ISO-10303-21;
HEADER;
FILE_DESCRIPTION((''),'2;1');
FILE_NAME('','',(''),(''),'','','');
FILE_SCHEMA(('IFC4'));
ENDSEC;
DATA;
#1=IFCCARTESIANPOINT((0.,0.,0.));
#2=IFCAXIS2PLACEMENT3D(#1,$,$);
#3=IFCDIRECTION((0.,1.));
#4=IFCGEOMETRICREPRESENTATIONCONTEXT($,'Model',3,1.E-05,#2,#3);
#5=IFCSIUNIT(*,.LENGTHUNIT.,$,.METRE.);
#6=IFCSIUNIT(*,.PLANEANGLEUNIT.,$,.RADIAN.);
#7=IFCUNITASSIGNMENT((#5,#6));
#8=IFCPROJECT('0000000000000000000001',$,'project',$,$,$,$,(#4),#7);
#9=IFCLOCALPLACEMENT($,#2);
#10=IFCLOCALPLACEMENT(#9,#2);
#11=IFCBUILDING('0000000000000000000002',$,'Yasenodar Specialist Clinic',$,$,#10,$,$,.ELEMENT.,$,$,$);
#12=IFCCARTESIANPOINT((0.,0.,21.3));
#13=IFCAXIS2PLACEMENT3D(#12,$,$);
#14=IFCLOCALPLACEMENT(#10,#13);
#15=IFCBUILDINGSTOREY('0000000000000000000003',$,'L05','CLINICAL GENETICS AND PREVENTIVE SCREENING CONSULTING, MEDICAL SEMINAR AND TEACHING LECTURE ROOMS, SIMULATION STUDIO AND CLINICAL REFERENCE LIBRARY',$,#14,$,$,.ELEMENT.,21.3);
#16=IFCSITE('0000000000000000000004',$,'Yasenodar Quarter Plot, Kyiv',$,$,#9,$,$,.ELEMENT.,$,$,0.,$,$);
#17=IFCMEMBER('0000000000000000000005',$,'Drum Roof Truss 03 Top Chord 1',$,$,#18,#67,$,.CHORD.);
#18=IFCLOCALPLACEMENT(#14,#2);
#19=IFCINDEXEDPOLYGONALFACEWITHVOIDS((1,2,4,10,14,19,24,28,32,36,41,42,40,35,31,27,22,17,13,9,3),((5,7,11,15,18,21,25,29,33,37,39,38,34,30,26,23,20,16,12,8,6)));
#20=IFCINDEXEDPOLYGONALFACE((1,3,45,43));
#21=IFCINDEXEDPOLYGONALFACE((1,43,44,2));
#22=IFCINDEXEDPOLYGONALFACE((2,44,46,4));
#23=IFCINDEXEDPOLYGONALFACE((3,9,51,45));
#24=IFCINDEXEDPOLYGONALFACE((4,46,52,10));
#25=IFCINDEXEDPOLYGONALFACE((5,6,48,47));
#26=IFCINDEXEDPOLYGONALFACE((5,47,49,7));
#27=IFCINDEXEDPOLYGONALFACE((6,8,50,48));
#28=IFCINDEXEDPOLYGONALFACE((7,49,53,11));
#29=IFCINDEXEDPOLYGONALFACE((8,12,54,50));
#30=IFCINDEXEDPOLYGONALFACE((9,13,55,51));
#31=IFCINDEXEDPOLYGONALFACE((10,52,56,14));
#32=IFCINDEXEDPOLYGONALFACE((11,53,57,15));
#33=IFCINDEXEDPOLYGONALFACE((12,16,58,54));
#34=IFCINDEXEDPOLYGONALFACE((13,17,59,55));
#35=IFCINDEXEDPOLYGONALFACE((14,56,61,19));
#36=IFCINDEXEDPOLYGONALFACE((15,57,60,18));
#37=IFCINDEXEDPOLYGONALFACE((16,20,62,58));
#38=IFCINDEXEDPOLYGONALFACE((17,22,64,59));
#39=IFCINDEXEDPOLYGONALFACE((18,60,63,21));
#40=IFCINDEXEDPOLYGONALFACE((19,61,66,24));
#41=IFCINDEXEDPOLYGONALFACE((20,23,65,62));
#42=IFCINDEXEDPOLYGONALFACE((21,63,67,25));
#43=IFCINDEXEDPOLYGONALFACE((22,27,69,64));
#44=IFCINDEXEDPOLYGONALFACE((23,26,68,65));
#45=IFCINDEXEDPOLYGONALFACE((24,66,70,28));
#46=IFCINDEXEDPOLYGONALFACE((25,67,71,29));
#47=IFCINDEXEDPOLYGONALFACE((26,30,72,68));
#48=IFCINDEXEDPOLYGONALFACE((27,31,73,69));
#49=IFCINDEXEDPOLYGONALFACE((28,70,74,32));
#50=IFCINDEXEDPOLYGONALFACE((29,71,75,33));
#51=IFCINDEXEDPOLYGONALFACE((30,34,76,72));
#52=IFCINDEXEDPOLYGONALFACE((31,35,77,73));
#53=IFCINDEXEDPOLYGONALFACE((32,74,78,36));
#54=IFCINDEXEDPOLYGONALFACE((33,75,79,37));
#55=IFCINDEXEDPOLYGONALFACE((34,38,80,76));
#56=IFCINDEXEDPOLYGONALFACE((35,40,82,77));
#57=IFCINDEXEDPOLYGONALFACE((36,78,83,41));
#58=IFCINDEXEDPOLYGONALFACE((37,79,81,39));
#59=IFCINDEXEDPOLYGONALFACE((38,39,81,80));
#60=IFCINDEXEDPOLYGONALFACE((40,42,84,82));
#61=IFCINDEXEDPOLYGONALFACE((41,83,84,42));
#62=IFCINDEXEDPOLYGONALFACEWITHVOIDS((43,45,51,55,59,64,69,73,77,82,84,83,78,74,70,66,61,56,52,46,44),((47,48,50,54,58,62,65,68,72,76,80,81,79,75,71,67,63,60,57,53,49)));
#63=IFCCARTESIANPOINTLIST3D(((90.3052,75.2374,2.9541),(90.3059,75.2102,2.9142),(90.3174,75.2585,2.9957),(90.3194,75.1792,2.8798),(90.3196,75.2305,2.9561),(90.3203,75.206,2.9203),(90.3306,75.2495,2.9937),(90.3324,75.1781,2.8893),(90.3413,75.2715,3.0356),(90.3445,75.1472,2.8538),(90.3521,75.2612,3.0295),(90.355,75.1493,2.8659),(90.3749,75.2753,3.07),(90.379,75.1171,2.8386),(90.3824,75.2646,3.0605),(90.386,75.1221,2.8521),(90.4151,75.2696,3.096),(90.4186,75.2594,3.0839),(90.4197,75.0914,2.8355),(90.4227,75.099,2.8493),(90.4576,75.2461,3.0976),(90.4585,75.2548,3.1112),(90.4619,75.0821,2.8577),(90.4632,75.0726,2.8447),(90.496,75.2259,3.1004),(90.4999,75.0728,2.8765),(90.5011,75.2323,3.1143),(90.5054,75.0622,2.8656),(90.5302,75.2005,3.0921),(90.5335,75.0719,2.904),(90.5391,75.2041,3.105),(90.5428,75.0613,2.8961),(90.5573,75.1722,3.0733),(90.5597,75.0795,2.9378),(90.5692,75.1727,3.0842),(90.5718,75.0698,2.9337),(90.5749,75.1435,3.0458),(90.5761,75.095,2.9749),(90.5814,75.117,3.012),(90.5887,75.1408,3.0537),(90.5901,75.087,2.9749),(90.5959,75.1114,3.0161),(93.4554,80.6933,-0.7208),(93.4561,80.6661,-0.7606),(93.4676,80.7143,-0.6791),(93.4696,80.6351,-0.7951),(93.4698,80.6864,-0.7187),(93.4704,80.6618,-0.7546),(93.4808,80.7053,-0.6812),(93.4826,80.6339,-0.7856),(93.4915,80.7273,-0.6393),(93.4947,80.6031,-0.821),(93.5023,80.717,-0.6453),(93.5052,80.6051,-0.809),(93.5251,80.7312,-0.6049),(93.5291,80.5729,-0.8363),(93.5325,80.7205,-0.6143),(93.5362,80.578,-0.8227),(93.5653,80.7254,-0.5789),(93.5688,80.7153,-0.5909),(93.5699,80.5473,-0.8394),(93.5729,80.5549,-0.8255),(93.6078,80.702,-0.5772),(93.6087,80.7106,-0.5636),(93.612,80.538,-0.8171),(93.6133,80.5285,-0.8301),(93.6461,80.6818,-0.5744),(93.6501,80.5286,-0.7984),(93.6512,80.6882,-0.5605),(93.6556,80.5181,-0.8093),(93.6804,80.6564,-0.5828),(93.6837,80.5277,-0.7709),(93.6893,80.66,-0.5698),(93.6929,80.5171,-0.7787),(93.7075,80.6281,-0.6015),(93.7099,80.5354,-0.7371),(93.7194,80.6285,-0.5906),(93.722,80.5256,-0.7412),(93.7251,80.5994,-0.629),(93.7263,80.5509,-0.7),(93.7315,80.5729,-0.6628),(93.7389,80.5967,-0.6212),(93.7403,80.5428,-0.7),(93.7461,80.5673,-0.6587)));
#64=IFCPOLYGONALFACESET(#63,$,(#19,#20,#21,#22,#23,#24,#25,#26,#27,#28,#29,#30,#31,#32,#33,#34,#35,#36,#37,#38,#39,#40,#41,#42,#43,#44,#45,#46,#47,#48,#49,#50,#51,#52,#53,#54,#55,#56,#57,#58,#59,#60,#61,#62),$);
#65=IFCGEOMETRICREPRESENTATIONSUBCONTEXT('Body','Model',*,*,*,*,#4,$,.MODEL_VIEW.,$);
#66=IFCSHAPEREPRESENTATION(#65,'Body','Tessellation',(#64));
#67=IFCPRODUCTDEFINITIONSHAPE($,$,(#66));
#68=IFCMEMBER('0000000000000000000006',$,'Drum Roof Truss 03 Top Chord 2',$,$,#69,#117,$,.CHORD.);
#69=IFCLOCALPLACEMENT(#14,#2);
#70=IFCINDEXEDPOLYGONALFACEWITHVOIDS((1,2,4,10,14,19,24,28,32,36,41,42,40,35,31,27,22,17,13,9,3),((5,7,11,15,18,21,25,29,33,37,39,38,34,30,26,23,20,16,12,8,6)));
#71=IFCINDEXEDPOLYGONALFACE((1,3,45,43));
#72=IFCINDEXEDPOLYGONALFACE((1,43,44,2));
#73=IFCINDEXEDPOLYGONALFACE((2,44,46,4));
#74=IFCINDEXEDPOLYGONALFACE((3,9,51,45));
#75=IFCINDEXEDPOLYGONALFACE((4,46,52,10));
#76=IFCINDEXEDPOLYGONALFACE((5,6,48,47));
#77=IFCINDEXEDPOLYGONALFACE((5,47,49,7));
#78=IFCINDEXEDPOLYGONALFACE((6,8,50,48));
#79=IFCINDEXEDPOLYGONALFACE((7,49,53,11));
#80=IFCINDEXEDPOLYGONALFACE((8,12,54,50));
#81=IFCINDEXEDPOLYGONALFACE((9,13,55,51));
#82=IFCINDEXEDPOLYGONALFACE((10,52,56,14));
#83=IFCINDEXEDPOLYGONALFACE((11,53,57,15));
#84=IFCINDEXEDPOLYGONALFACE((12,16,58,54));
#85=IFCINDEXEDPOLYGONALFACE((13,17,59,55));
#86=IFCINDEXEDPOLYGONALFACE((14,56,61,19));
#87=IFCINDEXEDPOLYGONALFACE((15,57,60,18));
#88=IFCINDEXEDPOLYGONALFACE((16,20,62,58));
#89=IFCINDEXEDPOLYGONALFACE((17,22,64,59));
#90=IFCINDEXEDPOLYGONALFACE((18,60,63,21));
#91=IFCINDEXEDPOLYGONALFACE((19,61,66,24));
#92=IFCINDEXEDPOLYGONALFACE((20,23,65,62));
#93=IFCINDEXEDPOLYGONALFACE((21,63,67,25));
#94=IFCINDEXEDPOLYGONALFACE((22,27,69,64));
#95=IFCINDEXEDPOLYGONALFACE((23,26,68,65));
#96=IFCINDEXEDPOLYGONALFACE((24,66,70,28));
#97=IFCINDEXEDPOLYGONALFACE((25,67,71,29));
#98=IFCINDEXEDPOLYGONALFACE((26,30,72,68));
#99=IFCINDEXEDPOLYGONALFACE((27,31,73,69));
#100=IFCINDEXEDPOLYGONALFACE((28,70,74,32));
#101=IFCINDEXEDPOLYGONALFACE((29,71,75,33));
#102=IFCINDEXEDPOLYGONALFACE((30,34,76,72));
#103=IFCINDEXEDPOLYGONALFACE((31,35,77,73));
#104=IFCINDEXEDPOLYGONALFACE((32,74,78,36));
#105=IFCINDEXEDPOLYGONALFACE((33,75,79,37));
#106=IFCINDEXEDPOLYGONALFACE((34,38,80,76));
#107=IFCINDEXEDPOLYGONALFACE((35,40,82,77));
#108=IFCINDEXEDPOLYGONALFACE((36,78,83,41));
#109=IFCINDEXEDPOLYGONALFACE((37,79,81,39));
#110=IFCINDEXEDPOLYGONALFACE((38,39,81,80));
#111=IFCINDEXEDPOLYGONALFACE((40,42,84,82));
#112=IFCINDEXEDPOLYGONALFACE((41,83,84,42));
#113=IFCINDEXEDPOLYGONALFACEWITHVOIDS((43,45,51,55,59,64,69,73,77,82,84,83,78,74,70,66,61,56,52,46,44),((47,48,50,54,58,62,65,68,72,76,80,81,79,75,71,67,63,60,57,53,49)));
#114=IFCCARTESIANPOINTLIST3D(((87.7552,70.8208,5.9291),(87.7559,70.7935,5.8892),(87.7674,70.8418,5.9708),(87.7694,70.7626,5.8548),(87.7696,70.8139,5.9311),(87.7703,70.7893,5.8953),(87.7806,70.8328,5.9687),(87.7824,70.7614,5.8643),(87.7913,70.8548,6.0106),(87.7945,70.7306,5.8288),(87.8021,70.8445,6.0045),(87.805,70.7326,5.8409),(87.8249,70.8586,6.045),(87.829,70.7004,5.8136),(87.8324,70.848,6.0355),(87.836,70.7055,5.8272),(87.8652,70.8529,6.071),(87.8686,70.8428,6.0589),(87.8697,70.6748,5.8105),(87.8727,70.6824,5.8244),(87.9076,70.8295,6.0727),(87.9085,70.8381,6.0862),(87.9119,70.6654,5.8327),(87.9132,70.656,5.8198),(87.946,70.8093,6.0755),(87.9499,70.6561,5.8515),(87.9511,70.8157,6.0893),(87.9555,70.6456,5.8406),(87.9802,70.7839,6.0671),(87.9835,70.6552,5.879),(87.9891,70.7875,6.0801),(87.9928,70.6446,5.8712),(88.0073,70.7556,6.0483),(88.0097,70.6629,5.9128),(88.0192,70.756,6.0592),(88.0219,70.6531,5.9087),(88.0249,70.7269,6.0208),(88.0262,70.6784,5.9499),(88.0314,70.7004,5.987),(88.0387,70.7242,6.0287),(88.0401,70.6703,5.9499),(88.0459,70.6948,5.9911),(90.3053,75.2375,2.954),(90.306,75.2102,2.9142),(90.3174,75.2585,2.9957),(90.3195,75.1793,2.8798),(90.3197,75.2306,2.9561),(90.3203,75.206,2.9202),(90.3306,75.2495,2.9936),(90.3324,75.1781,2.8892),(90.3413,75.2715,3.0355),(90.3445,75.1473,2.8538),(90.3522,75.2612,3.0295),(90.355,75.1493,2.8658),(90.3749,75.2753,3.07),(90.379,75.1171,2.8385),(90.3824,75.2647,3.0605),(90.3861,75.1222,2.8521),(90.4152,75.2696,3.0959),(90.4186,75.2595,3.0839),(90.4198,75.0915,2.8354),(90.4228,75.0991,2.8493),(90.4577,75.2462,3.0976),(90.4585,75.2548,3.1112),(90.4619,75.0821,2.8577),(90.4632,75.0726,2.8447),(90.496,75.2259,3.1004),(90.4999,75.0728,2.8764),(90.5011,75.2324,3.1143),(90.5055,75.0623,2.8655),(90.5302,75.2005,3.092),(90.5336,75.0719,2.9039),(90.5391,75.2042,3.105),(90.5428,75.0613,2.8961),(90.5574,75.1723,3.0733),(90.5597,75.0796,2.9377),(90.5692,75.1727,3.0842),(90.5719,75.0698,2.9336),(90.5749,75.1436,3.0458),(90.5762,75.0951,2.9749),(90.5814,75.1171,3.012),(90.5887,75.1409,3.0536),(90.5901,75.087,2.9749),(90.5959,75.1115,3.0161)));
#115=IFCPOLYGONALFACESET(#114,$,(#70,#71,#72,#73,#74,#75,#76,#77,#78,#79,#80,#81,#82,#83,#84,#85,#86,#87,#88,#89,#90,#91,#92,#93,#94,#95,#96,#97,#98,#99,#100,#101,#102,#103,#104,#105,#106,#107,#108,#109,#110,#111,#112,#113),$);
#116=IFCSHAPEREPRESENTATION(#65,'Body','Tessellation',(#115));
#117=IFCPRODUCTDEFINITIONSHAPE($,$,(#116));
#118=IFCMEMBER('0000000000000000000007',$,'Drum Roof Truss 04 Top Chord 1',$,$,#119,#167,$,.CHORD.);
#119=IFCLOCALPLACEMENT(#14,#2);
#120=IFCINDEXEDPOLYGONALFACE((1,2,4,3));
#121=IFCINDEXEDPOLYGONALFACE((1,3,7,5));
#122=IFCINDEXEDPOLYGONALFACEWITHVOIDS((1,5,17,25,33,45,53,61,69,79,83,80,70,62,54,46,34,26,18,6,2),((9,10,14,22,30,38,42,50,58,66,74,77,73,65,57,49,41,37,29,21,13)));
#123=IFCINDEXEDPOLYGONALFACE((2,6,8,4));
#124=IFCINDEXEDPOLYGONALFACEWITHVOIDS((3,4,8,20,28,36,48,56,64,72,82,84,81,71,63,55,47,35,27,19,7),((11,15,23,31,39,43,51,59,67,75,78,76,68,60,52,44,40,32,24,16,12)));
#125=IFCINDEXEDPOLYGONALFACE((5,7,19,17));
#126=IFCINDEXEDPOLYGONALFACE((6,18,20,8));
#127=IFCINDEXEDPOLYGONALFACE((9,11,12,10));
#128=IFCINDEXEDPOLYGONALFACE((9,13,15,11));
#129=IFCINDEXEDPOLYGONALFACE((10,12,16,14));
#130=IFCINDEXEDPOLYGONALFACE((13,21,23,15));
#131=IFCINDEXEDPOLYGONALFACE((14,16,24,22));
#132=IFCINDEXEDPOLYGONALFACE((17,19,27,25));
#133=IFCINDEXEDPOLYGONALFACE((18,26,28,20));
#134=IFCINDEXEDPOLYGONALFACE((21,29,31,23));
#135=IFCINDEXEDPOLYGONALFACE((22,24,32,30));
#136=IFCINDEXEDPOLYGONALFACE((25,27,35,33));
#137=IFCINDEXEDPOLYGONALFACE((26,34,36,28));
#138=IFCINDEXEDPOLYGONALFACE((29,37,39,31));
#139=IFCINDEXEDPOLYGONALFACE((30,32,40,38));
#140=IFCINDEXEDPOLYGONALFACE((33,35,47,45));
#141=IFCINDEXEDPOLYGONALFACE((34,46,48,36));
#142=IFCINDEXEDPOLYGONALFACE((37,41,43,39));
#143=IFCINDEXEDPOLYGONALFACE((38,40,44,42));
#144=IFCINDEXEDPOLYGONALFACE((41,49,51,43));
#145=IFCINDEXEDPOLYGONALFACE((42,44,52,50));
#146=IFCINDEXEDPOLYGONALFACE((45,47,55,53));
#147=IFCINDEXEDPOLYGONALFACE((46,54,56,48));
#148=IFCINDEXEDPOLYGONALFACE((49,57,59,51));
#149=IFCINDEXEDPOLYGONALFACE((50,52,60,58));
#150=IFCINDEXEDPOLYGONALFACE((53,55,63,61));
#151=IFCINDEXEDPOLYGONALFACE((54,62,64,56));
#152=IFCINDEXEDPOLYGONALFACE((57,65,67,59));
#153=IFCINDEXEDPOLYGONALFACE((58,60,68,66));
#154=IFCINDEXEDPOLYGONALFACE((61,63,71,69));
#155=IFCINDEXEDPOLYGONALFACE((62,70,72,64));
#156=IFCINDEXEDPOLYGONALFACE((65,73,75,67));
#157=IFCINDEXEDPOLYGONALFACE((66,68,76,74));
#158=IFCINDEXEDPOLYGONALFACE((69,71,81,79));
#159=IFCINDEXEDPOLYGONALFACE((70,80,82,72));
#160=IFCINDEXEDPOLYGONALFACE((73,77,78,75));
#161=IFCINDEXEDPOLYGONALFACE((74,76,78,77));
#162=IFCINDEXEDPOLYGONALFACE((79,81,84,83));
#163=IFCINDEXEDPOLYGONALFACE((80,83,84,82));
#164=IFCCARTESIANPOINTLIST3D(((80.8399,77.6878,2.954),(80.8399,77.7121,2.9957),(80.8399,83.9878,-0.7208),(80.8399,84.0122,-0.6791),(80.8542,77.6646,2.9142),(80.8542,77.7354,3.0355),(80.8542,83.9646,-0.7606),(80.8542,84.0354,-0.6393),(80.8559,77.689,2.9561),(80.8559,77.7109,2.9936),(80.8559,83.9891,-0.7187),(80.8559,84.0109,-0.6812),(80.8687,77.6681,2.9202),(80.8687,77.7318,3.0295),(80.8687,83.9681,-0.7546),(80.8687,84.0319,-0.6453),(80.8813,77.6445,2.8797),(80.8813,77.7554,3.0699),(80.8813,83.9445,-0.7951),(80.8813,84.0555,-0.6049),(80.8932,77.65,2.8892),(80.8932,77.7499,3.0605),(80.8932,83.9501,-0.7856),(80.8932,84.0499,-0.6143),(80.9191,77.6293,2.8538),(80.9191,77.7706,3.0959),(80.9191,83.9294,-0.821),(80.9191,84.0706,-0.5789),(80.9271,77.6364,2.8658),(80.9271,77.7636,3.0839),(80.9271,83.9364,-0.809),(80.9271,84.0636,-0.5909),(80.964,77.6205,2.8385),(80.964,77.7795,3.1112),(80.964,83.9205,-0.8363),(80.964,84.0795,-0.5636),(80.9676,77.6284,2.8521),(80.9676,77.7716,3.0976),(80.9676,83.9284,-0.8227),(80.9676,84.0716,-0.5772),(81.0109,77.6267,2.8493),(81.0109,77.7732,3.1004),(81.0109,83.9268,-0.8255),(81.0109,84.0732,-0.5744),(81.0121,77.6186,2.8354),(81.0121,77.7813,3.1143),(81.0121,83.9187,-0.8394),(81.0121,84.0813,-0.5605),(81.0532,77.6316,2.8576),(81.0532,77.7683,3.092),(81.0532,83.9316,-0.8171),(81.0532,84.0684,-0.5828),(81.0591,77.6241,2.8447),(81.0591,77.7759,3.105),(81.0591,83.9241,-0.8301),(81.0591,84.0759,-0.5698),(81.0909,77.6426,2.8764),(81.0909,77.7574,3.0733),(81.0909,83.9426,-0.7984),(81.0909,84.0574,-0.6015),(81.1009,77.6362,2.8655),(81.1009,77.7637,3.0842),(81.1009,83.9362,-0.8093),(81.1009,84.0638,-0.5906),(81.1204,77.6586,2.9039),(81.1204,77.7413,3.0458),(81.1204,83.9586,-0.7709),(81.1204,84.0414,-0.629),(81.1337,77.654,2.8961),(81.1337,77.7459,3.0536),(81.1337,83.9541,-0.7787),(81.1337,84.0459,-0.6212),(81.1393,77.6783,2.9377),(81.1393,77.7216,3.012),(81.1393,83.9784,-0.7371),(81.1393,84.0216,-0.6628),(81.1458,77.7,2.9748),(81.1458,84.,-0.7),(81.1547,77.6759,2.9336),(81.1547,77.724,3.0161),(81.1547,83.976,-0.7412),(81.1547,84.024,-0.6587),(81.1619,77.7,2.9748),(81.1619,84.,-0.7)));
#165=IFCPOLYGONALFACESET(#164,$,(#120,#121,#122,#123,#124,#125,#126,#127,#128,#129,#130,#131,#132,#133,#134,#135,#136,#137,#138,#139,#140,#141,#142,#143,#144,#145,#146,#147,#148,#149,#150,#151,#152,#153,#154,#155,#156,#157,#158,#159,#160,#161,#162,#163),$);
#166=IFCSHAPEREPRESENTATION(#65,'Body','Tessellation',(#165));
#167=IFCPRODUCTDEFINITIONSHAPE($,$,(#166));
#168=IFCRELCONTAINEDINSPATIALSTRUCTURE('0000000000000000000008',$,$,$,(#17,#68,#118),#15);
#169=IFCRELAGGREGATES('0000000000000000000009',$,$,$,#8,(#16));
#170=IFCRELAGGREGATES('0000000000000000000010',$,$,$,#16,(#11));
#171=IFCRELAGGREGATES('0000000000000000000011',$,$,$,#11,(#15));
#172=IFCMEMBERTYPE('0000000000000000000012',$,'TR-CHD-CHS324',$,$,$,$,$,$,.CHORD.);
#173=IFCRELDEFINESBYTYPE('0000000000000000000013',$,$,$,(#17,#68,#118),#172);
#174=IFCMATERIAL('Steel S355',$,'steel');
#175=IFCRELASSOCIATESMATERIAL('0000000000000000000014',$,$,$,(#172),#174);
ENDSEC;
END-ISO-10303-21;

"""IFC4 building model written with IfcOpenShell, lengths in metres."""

from ifc_helpers import new_model, si_unit, direction, frame, origin, origin_2d, place, context, subcontext, project, spatial, hollow_circle, extrude, material, material_profile, profile_set, type_object, element, save


model = new_model("IFC4")

# Units and contexts
model_context = context("Model", 3, precision=1e-05, world=origin(), true_north=direction((0.0, 1.0)))
body_context = subcontext(model_context, "Body", "Model", "MODEL_VIEW")
ifc_project = project(units=[si_unit("LENGTHUNIT", "METRE"), si_unit("PLANEANGLEUNIT", "RADIAN")], contexts=[model_context])

# Site, building, storey
site_placement = place(None, origin())
site = spatial("IfcSite", under=ifc_project, at=site_placement, Name="Yasenodar Quarter Plot, Kyiv", CompositionType="ELEMENT", RefElevation=0.0)
building_placement = place(site_placement, origin())
building = spatial("IfcBuilding", under=site, at=building_placement, Name="Yasenodar Specialist Clinic", CompositionType="ELEMENT")
storey_placement = place(building_placement, frame((0.0, 0.0, 21.3)))
storey = spatial("IfcBuildingStorey", under=building, at=storey_placement, Name="L05", Description="CLINICAL GENETICS AND PREVENTIVE SCREENING CONSULTING, MEDICAL SEMINAR AND TEACHING LECTURE ROOMS, SIMULATION STUDIO AND CLINICAL REFERENCE LIBRARY", CompositionType="ELEMENT", Elevation=21.3)

# Members
ifc_material_1 = material(Name="Steel S355", Category="steel")
ifc_material_profile_1 = material_profile(ifc_material_1, hollow_circle(Radius=0.1619, WallThickness=0.0161, at=origin_2d()), Name="CHS 323.9x16")
ifc_profile_set_1 = profile_set([ifc_material_profile_1], Name="Steel S355")
member_type_1 = type_object("IfcMemberType", Name="TR-CHD-CHS324", PredefinedType="CHORD", material=ifc_profile_set_1)
member_1_placement = place(storey_placement, frame((93.6001, 80.6238, -0.7), z_axis=(-0.431918, -0.748049, 0.503854), x_axis=(0.866009, -0.500028, 0.0)))
element("IfcMember", 1, at=member_1_placement, inside=storey, type_object=member_type_1, Name="Drum Roof Truss 03 Top Chord 1", PredefinedType="CHORD", context=body_context, shape_type="SweptSolid", body=[
    extrude(hollow_circle(Radius=0.1619, WallThickness=0.0161, at=origin_2d()), origin(), (0.0, 0.0, 1.0), 7.2935),
])
member_2_placement = place(storey_placement, frame((90.45, 75.168, 2.9749), z_axis=(-0.431892, -0.748047, 0.50388), x_axis=(0.866022, -0.500006, 0.0)))
element("IfcMember", 2, at=member_2_placement, inside=storey, type_object=member_type_1, Name="Drum Roof Truss 03 Top Chord 2", PredefinedType="CHORD", context=body_context, shape_type="SweptSolid", body=[
    extrude(hollow_circle(Radius=0.1619, WallThickness=0.0161, at=origin_2d()), origin(), (0.0, 0.0, 1.0), 5.9043),
])
member_3_placement = place(storey_placement, frame((81.0, 84.0, -0.7), z_axis=(0.0, -0.863792, 0.503848), x_axis=(1.0, 0.0, 0.0)))
element("IfcMember", 3, at=member_3_placement, inside=storey, type_object=member_type_1, Name="Drum Roof Truss 04 Top Chord 1", PredefinedType="CHORD", context=body_context, shape_type="SweptSolid", body=[
    extrude(hollow_circle(Radius=0.1619, WallThickness=0.0161, at=origin_2d()), origin(), (0.0, 0.0, 1.0), 7.2935),
])

save(model, "model.ifc")
